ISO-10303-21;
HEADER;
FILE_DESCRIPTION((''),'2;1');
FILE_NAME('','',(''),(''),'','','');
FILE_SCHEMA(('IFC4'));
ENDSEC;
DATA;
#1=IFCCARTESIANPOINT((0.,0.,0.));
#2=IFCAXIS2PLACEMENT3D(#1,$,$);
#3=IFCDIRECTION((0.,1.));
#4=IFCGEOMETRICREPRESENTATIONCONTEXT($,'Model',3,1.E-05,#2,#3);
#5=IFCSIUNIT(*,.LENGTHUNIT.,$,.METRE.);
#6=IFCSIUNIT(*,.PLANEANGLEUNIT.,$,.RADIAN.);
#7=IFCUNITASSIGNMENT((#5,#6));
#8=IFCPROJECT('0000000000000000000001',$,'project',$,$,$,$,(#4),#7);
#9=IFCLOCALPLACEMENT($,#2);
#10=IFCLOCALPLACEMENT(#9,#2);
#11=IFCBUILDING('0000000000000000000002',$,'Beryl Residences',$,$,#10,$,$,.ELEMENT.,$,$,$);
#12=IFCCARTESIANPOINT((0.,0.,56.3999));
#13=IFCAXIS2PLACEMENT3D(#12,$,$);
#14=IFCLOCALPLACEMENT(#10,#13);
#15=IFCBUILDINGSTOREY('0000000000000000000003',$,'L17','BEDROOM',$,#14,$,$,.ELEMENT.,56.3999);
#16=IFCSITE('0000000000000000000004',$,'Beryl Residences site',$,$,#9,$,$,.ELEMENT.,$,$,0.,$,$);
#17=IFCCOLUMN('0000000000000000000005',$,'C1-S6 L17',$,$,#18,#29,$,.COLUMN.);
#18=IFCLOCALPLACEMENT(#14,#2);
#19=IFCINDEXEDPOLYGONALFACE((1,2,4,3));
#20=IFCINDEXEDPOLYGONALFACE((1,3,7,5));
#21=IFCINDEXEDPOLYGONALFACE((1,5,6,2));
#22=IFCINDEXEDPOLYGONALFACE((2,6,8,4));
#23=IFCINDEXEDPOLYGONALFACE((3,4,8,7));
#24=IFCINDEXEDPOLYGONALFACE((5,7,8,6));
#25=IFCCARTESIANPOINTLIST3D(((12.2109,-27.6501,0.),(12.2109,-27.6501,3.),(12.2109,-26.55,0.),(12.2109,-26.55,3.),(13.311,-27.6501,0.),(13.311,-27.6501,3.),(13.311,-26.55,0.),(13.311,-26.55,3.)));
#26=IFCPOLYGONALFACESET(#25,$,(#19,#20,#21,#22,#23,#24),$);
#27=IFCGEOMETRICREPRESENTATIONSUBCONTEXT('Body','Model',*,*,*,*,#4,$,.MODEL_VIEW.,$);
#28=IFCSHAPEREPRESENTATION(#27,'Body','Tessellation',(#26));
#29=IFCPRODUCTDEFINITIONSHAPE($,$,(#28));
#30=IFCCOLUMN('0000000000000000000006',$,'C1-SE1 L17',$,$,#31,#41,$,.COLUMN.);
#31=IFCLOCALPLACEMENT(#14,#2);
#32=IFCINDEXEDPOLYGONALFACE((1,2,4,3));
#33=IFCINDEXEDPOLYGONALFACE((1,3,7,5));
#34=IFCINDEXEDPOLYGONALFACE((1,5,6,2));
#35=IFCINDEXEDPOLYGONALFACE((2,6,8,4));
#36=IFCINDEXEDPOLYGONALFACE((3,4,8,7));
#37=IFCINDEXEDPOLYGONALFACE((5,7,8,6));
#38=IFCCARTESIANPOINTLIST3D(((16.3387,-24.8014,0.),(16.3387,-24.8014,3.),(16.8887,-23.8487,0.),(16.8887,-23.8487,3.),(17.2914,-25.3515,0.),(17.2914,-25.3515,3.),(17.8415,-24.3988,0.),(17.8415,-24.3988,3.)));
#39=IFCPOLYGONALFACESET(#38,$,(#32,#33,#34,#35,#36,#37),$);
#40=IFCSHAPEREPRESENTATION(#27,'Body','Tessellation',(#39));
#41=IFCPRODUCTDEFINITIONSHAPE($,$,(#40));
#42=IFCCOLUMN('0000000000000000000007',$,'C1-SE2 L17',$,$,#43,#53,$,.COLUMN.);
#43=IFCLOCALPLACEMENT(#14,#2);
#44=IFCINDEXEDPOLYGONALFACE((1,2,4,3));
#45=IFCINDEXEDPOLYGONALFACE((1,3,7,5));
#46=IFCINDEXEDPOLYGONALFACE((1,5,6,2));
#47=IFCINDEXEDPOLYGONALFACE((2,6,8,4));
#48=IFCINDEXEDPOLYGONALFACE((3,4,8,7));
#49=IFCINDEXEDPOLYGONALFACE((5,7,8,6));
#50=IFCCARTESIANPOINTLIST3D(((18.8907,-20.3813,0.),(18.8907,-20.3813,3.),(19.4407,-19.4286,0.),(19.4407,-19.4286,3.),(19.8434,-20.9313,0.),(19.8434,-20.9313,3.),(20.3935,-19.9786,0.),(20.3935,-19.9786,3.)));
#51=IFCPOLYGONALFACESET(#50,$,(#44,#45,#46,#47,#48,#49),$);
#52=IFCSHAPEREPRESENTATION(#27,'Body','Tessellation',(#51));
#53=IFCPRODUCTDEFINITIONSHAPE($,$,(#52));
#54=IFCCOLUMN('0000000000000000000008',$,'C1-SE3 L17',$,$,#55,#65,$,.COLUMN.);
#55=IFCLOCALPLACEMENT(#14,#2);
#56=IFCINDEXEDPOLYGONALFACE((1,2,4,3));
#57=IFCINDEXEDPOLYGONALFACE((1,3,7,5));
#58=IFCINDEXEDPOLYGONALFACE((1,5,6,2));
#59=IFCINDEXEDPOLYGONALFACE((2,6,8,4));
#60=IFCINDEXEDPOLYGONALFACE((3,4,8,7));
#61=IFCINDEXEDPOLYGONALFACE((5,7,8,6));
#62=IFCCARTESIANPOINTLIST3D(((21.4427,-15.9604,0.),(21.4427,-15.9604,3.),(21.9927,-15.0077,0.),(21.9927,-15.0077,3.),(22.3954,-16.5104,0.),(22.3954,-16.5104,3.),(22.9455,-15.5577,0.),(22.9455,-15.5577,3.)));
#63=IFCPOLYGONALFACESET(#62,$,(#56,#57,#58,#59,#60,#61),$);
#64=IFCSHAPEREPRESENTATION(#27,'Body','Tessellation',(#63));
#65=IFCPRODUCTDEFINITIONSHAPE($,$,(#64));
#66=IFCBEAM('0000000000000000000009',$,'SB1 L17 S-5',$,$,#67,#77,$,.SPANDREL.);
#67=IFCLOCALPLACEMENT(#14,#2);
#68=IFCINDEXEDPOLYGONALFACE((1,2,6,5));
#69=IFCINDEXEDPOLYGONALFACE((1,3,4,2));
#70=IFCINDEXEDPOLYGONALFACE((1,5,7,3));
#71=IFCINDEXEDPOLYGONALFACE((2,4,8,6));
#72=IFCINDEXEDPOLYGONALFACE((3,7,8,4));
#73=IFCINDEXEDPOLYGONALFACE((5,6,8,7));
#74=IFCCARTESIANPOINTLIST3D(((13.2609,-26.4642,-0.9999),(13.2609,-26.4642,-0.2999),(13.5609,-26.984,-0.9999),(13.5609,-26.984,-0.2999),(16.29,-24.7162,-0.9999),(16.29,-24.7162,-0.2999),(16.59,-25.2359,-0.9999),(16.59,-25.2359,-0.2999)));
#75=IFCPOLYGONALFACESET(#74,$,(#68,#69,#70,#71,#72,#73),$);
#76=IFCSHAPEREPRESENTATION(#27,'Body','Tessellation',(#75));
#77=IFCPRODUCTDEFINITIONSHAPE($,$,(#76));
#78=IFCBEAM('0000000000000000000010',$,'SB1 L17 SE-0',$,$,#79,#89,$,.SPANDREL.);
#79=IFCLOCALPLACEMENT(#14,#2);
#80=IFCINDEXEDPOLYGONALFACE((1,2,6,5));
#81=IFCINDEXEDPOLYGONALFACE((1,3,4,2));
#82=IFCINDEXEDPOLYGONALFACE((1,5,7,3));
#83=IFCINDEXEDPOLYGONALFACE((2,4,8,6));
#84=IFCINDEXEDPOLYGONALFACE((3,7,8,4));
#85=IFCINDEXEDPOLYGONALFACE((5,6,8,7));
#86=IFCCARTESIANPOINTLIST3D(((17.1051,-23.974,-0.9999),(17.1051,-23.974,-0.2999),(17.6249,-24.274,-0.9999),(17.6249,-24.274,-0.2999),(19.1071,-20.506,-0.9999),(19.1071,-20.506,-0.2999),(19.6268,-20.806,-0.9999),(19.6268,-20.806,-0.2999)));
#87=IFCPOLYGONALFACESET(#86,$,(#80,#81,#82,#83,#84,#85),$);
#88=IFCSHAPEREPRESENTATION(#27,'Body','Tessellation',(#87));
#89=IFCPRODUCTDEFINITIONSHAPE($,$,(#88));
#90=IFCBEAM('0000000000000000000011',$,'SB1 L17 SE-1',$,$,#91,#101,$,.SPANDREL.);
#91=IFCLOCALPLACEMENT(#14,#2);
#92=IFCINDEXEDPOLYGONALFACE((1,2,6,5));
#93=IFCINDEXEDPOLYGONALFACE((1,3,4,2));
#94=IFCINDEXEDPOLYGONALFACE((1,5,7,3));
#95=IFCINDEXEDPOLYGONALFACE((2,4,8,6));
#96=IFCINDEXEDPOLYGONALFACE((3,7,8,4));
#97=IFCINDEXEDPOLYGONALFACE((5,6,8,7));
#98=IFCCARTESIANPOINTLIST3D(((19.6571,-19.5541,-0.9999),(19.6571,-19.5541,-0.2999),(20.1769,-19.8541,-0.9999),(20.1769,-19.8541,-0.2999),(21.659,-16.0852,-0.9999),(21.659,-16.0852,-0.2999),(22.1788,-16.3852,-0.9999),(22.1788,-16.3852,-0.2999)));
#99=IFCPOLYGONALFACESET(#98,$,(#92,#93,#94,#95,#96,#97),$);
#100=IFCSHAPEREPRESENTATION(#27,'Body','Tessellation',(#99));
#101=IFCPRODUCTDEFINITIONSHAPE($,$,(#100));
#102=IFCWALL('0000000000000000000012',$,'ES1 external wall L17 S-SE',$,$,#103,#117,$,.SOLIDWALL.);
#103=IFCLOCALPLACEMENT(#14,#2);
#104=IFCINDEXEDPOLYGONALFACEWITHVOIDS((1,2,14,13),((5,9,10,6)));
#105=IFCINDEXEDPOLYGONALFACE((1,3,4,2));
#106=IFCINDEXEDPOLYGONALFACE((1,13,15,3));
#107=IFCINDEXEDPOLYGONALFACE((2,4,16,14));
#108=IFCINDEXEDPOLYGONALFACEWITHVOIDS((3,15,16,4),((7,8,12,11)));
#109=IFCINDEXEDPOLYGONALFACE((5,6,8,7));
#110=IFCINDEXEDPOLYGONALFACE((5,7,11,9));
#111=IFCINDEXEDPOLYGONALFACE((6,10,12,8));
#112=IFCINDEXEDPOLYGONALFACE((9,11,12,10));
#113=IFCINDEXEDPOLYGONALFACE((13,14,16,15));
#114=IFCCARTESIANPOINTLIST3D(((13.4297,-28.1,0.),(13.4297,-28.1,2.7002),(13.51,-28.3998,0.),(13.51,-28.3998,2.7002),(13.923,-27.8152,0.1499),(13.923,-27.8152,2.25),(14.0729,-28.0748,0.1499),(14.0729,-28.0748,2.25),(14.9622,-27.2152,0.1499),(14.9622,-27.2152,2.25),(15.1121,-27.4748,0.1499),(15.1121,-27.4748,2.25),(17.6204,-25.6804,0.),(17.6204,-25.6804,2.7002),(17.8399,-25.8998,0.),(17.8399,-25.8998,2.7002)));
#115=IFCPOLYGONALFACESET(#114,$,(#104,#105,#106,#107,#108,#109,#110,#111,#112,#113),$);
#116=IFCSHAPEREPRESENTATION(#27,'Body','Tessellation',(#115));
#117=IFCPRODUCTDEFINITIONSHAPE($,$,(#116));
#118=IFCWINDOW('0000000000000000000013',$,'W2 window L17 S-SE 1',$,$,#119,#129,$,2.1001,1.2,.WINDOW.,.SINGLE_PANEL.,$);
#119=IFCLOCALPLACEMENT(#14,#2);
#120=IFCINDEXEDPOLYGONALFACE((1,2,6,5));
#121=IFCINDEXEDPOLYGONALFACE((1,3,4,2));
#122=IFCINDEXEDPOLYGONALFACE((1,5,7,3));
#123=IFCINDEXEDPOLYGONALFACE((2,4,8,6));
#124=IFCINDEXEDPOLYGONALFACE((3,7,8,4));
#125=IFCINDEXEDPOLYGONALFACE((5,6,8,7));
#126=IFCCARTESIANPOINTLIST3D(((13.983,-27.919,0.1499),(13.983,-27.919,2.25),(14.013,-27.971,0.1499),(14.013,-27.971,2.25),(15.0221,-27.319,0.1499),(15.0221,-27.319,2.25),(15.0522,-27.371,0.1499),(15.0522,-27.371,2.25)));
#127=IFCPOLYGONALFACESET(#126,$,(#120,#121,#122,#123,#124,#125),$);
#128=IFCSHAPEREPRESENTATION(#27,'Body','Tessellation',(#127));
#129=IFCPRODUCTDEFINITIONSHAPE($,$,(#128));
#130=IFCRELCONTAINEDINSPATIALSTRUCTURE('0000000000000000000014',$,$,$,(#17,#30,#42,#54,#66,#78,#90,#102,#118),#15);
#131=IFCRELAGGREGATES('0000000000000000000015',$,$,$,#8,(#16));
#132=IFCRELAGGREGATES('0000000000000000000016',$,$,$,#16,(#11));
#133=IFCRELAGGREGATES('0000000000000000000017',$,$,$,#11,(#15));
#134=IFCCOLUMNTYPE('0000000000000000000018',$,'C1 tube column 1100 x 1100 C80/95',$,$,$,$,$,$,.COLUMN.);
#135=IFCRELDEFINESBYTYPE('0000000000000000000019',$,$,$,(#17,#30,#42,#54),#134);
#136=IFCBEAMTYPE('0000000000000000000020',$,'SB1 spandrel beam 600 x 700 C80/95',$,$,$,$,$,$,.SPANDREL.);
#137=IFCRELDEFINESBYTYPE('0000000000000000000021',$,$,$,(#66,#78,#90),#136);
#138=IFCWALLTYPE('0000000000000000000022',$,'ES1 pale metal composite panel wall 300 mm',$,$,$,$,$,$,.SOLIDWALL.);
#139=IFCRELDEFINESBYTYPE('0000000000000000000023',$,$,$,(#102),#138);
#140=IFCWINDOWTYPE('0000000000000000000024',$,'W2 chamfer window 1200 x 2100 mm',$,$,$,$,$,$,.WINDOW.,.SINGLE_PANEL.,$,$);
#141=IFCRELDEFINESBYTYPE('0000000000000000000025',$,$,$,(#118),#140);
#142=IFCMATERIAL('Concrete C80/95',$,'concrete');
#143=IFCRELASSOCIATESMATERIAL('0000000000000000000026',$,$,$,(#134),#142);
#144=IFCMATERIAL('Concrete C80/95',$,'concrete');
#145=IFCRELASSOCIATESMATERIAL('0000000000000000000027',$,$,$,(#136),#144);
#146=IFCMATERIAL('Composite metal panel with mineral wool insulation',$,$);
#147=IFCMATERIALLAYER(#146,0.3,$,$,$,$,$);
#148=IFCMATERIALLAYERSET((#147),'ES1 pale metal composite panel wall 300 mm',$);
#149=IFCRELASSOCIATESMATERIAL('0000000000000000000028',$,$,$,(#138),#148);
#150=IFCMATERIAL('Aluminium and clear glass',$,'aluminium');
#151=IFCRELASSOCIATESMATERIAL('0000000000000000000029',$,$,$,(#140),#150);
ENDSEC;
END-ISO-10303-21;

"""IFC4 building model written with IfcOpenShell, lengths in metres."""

from ifc_helpers import new_model, si_unit, direction, frame, frame_2d, origin, origin_2d, place, context, subcontext, project, spatial, polyline, rectangle, outline, extrude, material, layer, layer_set, material_profile, profile_set, type_object, element, fill, save


model = new_model("IFC4")

# Units and contexts
model_context = context("Model", 3, precision=1e-05, world=origin(), true_north=direction((0.0, 1.0)))
body_context = subcontext(model_context, "Body", "Model", "MODEL_VIEW")
ifc_project = project(units=[si_unit("LENGTHUNIT", "METRE"), si_unit("PLANEANGLEUNIT", "RADIAN")], contexts=[model_context])

# Site, building, storey
site_placement = place(None, origin())
site = spatial("IfcSite", under=ifc_project, at=site_placement, Name="Beryl Residences site", CompositionType="ELEMENT", RefElevation=0.0)
building_placement = place(site_placement, origin())
building = spatial("IfcBuilding", under=site, at=building_placement, Name="Beryl Residences", CompositionType="ELEMENT")
storey_placement = place(building_placement, frame((0.0, 0.0, 56.3999)))
storey = spatial("IfcBuildingStorey", under=building, at=storey_placement, Name="L17", Description="BEDROOM", CompositionType="ELEMENT", Elevation=56.3999)

# Columns
ifc_material_1 = material(Name="Concrete C80/95", Category="concrete")
ifc_material_profile_1 = material_profile(ifc_material_1, rectangle(XDim=1.1001, YDim=1.1001, at=origin_2d()))
ifc_profile_set_1 = profile_set([ifc_material_profile_1], Name="Concrete C80/95")
column_type = type_object("IfcColumnType", Name="C1 tube column 1100 x 1100 C80/95", PredefinedType="COLUMN", material=ifc_profile_set_1)
for number, where, z_axis, x_axis, name in (
    (1, (12.761, -27.1001, 0.0), (0.0, 0.0, 1.0), (1.0, 0.0, 0.0), "C1-S6 L17"),
    (2, (17.0901, -24.6001, 0.0), (0.0, 0.0, 1.0), (0.499985, 0.866034, 0.0), "C1-SE1 L17"),
    (3, (19.6421, -20.1799, 0.0), (0.0, 0.0, 1.0), (0.499985, 0.866034, 0.0), "C1-SE2 L17"),
    (4, (22.1941, -15.759, 0.0), (0.0, 0.0, 1.0), (0.499985, 0.866034, 0.0), "C1-SE3 L17"),
):
    element("IfcColumn", number, at=place(storey_placement, frame(where, z_axis=z_axis, x_axis=x_axis)), inside=storey, type_object=column_type, Name=name, PredefinedType="COLUMN", context=body_context, shape_type="SweptSolid", body=[
        extrude(rectangle(XDim=1.1001, YDim=1.1001, at=origin_2d()), origin(), (0.0, 0.0, 1.0), 3.0),
    ])

# Beams
ifc_material_2 = material(Name="Concrete C80/95", Category="concrete")
ifc_material_profile_2 = material_profile(ifc_material_2, rectangle(XDim=0.6001, YDim=0.7, at=origin_2d()))
ifc_profile_set_2 = profile_set([ifc_material_profile_2], Name="Concrete C80/95")
beam_type = type_object("IfcBeamType", Name="SB1 spandrel beam 600 x 700 C80/95", PredefinedType="SPANDREL", material=ifc_profile_set_2)
beam_1_placement = place(storey_placement, frame((13.4109, -26.7241, -0.6499), z_axis=(0.866122, 0.499833, 0.0), x_axis=(-0.499833, 0.866122, 0.0)))
element("IfcBeam", 5, at=beam_1_placement, inside=storey, type_object=beam_type, Name="SB1 L17 S-5", PredefinedType="SPANDREL", context=body_context, shape_type="SweptSolid", body=[
    extrude(rectangle(XDim=0.6001, YDim=0.7, at=origin_2d()), origin(), (0.0, 0.0, 1.0), 3.4973),
])
beam_2_placement = place(storey_placement, frame((17.365, -24.124, -0.6499), z_axis=(0.499942, 0.866059, 0.0), x_axis=(-0.866059, 0.499942, 0.0)))
element("IfcBeam", 6, at=beam_2_placement, inside=storey, type_object=beam_type, Name="SB1 L17 SE-0", PredefinedType="SPANDREL", context=body_context, shape_type="SweptSolid", body=[
    extrude(rectangle(XDim=0.6001, YDim=0.7, at=origin_2d()), origin(), (0.0, 0.0, 1.0), 4.0044),
])
beam_3_placement = place(storey_placement, frame((19.917, -19.7041, -0.6499), z_axis=(0.499837, 0.86612, 0.0), x_axis=(-0.86612, 0.499837, 0.0)))
element("IfcBeam", 7, at=beam_3_placement, inside=storey, type_object=beam_type, Name="SB1 L17 SE-1", PredefinedType="SPANDREL", context=body_context, shape_type="SweptSolid", body=[
    extrude(rectangle(XDim=0.6001, YDim=0.7, at=origin_2d()), origin(), (0.0, 0.0, 1.0), 4.0051),
])

# Wall, opening, window
ifc_material_3 = material(Name="Composite metal panel with mineral wool insulation")
ifc_layer_1 = layer(ifc_material_3, 0.3)
ifc_layer_set_1 = layer_set([ifc_layer_1], Name="ES1 pale metal composite panel wall 300 mm")
wall_type_1 = type_object("IfcWallType", Name="ES1 pale metal composite panel wall 300 mm", PredefinedType="SOLIDWALL", material=ifc_layer_set_1)
wall_1_placement = place(storey_placement, frame((13.4351, -28.27, 0.0), z_axis=(0.0, 0.0, 1.0), x_axis=(0.866011, 0.500025, 0.0)))
wall_1 = element("IfcWall", 8, at=wall_1_placement, inside=storey, type_object=wall_type_1, Name="ES1 external wall L17 S-SE", PredefinedType="SOLIDWALL", context=body_context, shape_type="SweptSolid", body=[
    extrude(outline(polyline([(0.0, -0.1499), (4.9998, -0.1499), (4.9194, 0.1499), (0.0803, 0.1499), (0.0, -0.1499)])), origin(), (0.0, 0.0, 1.0), 2.7002),
])
opening_1_placement = place(wall_1_placement, frame((0.6499, 0.0, 0.1499)))
opening_1 = element("IfcOpeningElement", 9, at=opening_1_placement, cuts=wall_1, PredefinedType="OPENING", context=body_context, shape_type="SweptSolid", body=[
    extrude(rectangle(XDim=1.2, YDim=2.1001, at=frame_2d((0.6001, 1.05))), frame((0.0, 0.1599, 0.0), z_axis=(0.0, -1.0, 0.0), x_axis=(1.0, 0.0, 0.0)), (0.0, 0.0, 1.0), 0.3201),
])
ifc_material_4 = material(Name="Aluminium and clear glass", Category="aluminium")
window_type_1 = type_object("IfcWindowType", Name="W2 chamfer window 1200 x 2100 mm", PartitioningType="SINGLE_PANEL", PredefinedType="WINDOW", material=ifc_material_4)
window_1_placement = place(opening_1_placement, origin())
window_1 = element("IfcWindow", 10, at=window_1_placement, inside=storey, type_object=window_type_1, Name="W2 window L17 S-SE 1", OverallHeight=2.1001, OverallWidth=1.2, PartitioningType="SINGLE_PANEL", PredefinedType="WINDOW", context=body_context, shape_type="SweptSolid", body=[
    extrude(rectangle(XDim=1.2, YDim=2.1001, at=frame_2d((0.6001, 1.05))), frame((0.0, 0.03, 0.0), z_axis=(0.0, -1.0, 0.0), x_axis=(1.0, 0.0, 0.0)), (0.0, 0.0, 1.0), 0.0601),
])
fill(opening_1, window_1)

save(model, "model.ifc")
